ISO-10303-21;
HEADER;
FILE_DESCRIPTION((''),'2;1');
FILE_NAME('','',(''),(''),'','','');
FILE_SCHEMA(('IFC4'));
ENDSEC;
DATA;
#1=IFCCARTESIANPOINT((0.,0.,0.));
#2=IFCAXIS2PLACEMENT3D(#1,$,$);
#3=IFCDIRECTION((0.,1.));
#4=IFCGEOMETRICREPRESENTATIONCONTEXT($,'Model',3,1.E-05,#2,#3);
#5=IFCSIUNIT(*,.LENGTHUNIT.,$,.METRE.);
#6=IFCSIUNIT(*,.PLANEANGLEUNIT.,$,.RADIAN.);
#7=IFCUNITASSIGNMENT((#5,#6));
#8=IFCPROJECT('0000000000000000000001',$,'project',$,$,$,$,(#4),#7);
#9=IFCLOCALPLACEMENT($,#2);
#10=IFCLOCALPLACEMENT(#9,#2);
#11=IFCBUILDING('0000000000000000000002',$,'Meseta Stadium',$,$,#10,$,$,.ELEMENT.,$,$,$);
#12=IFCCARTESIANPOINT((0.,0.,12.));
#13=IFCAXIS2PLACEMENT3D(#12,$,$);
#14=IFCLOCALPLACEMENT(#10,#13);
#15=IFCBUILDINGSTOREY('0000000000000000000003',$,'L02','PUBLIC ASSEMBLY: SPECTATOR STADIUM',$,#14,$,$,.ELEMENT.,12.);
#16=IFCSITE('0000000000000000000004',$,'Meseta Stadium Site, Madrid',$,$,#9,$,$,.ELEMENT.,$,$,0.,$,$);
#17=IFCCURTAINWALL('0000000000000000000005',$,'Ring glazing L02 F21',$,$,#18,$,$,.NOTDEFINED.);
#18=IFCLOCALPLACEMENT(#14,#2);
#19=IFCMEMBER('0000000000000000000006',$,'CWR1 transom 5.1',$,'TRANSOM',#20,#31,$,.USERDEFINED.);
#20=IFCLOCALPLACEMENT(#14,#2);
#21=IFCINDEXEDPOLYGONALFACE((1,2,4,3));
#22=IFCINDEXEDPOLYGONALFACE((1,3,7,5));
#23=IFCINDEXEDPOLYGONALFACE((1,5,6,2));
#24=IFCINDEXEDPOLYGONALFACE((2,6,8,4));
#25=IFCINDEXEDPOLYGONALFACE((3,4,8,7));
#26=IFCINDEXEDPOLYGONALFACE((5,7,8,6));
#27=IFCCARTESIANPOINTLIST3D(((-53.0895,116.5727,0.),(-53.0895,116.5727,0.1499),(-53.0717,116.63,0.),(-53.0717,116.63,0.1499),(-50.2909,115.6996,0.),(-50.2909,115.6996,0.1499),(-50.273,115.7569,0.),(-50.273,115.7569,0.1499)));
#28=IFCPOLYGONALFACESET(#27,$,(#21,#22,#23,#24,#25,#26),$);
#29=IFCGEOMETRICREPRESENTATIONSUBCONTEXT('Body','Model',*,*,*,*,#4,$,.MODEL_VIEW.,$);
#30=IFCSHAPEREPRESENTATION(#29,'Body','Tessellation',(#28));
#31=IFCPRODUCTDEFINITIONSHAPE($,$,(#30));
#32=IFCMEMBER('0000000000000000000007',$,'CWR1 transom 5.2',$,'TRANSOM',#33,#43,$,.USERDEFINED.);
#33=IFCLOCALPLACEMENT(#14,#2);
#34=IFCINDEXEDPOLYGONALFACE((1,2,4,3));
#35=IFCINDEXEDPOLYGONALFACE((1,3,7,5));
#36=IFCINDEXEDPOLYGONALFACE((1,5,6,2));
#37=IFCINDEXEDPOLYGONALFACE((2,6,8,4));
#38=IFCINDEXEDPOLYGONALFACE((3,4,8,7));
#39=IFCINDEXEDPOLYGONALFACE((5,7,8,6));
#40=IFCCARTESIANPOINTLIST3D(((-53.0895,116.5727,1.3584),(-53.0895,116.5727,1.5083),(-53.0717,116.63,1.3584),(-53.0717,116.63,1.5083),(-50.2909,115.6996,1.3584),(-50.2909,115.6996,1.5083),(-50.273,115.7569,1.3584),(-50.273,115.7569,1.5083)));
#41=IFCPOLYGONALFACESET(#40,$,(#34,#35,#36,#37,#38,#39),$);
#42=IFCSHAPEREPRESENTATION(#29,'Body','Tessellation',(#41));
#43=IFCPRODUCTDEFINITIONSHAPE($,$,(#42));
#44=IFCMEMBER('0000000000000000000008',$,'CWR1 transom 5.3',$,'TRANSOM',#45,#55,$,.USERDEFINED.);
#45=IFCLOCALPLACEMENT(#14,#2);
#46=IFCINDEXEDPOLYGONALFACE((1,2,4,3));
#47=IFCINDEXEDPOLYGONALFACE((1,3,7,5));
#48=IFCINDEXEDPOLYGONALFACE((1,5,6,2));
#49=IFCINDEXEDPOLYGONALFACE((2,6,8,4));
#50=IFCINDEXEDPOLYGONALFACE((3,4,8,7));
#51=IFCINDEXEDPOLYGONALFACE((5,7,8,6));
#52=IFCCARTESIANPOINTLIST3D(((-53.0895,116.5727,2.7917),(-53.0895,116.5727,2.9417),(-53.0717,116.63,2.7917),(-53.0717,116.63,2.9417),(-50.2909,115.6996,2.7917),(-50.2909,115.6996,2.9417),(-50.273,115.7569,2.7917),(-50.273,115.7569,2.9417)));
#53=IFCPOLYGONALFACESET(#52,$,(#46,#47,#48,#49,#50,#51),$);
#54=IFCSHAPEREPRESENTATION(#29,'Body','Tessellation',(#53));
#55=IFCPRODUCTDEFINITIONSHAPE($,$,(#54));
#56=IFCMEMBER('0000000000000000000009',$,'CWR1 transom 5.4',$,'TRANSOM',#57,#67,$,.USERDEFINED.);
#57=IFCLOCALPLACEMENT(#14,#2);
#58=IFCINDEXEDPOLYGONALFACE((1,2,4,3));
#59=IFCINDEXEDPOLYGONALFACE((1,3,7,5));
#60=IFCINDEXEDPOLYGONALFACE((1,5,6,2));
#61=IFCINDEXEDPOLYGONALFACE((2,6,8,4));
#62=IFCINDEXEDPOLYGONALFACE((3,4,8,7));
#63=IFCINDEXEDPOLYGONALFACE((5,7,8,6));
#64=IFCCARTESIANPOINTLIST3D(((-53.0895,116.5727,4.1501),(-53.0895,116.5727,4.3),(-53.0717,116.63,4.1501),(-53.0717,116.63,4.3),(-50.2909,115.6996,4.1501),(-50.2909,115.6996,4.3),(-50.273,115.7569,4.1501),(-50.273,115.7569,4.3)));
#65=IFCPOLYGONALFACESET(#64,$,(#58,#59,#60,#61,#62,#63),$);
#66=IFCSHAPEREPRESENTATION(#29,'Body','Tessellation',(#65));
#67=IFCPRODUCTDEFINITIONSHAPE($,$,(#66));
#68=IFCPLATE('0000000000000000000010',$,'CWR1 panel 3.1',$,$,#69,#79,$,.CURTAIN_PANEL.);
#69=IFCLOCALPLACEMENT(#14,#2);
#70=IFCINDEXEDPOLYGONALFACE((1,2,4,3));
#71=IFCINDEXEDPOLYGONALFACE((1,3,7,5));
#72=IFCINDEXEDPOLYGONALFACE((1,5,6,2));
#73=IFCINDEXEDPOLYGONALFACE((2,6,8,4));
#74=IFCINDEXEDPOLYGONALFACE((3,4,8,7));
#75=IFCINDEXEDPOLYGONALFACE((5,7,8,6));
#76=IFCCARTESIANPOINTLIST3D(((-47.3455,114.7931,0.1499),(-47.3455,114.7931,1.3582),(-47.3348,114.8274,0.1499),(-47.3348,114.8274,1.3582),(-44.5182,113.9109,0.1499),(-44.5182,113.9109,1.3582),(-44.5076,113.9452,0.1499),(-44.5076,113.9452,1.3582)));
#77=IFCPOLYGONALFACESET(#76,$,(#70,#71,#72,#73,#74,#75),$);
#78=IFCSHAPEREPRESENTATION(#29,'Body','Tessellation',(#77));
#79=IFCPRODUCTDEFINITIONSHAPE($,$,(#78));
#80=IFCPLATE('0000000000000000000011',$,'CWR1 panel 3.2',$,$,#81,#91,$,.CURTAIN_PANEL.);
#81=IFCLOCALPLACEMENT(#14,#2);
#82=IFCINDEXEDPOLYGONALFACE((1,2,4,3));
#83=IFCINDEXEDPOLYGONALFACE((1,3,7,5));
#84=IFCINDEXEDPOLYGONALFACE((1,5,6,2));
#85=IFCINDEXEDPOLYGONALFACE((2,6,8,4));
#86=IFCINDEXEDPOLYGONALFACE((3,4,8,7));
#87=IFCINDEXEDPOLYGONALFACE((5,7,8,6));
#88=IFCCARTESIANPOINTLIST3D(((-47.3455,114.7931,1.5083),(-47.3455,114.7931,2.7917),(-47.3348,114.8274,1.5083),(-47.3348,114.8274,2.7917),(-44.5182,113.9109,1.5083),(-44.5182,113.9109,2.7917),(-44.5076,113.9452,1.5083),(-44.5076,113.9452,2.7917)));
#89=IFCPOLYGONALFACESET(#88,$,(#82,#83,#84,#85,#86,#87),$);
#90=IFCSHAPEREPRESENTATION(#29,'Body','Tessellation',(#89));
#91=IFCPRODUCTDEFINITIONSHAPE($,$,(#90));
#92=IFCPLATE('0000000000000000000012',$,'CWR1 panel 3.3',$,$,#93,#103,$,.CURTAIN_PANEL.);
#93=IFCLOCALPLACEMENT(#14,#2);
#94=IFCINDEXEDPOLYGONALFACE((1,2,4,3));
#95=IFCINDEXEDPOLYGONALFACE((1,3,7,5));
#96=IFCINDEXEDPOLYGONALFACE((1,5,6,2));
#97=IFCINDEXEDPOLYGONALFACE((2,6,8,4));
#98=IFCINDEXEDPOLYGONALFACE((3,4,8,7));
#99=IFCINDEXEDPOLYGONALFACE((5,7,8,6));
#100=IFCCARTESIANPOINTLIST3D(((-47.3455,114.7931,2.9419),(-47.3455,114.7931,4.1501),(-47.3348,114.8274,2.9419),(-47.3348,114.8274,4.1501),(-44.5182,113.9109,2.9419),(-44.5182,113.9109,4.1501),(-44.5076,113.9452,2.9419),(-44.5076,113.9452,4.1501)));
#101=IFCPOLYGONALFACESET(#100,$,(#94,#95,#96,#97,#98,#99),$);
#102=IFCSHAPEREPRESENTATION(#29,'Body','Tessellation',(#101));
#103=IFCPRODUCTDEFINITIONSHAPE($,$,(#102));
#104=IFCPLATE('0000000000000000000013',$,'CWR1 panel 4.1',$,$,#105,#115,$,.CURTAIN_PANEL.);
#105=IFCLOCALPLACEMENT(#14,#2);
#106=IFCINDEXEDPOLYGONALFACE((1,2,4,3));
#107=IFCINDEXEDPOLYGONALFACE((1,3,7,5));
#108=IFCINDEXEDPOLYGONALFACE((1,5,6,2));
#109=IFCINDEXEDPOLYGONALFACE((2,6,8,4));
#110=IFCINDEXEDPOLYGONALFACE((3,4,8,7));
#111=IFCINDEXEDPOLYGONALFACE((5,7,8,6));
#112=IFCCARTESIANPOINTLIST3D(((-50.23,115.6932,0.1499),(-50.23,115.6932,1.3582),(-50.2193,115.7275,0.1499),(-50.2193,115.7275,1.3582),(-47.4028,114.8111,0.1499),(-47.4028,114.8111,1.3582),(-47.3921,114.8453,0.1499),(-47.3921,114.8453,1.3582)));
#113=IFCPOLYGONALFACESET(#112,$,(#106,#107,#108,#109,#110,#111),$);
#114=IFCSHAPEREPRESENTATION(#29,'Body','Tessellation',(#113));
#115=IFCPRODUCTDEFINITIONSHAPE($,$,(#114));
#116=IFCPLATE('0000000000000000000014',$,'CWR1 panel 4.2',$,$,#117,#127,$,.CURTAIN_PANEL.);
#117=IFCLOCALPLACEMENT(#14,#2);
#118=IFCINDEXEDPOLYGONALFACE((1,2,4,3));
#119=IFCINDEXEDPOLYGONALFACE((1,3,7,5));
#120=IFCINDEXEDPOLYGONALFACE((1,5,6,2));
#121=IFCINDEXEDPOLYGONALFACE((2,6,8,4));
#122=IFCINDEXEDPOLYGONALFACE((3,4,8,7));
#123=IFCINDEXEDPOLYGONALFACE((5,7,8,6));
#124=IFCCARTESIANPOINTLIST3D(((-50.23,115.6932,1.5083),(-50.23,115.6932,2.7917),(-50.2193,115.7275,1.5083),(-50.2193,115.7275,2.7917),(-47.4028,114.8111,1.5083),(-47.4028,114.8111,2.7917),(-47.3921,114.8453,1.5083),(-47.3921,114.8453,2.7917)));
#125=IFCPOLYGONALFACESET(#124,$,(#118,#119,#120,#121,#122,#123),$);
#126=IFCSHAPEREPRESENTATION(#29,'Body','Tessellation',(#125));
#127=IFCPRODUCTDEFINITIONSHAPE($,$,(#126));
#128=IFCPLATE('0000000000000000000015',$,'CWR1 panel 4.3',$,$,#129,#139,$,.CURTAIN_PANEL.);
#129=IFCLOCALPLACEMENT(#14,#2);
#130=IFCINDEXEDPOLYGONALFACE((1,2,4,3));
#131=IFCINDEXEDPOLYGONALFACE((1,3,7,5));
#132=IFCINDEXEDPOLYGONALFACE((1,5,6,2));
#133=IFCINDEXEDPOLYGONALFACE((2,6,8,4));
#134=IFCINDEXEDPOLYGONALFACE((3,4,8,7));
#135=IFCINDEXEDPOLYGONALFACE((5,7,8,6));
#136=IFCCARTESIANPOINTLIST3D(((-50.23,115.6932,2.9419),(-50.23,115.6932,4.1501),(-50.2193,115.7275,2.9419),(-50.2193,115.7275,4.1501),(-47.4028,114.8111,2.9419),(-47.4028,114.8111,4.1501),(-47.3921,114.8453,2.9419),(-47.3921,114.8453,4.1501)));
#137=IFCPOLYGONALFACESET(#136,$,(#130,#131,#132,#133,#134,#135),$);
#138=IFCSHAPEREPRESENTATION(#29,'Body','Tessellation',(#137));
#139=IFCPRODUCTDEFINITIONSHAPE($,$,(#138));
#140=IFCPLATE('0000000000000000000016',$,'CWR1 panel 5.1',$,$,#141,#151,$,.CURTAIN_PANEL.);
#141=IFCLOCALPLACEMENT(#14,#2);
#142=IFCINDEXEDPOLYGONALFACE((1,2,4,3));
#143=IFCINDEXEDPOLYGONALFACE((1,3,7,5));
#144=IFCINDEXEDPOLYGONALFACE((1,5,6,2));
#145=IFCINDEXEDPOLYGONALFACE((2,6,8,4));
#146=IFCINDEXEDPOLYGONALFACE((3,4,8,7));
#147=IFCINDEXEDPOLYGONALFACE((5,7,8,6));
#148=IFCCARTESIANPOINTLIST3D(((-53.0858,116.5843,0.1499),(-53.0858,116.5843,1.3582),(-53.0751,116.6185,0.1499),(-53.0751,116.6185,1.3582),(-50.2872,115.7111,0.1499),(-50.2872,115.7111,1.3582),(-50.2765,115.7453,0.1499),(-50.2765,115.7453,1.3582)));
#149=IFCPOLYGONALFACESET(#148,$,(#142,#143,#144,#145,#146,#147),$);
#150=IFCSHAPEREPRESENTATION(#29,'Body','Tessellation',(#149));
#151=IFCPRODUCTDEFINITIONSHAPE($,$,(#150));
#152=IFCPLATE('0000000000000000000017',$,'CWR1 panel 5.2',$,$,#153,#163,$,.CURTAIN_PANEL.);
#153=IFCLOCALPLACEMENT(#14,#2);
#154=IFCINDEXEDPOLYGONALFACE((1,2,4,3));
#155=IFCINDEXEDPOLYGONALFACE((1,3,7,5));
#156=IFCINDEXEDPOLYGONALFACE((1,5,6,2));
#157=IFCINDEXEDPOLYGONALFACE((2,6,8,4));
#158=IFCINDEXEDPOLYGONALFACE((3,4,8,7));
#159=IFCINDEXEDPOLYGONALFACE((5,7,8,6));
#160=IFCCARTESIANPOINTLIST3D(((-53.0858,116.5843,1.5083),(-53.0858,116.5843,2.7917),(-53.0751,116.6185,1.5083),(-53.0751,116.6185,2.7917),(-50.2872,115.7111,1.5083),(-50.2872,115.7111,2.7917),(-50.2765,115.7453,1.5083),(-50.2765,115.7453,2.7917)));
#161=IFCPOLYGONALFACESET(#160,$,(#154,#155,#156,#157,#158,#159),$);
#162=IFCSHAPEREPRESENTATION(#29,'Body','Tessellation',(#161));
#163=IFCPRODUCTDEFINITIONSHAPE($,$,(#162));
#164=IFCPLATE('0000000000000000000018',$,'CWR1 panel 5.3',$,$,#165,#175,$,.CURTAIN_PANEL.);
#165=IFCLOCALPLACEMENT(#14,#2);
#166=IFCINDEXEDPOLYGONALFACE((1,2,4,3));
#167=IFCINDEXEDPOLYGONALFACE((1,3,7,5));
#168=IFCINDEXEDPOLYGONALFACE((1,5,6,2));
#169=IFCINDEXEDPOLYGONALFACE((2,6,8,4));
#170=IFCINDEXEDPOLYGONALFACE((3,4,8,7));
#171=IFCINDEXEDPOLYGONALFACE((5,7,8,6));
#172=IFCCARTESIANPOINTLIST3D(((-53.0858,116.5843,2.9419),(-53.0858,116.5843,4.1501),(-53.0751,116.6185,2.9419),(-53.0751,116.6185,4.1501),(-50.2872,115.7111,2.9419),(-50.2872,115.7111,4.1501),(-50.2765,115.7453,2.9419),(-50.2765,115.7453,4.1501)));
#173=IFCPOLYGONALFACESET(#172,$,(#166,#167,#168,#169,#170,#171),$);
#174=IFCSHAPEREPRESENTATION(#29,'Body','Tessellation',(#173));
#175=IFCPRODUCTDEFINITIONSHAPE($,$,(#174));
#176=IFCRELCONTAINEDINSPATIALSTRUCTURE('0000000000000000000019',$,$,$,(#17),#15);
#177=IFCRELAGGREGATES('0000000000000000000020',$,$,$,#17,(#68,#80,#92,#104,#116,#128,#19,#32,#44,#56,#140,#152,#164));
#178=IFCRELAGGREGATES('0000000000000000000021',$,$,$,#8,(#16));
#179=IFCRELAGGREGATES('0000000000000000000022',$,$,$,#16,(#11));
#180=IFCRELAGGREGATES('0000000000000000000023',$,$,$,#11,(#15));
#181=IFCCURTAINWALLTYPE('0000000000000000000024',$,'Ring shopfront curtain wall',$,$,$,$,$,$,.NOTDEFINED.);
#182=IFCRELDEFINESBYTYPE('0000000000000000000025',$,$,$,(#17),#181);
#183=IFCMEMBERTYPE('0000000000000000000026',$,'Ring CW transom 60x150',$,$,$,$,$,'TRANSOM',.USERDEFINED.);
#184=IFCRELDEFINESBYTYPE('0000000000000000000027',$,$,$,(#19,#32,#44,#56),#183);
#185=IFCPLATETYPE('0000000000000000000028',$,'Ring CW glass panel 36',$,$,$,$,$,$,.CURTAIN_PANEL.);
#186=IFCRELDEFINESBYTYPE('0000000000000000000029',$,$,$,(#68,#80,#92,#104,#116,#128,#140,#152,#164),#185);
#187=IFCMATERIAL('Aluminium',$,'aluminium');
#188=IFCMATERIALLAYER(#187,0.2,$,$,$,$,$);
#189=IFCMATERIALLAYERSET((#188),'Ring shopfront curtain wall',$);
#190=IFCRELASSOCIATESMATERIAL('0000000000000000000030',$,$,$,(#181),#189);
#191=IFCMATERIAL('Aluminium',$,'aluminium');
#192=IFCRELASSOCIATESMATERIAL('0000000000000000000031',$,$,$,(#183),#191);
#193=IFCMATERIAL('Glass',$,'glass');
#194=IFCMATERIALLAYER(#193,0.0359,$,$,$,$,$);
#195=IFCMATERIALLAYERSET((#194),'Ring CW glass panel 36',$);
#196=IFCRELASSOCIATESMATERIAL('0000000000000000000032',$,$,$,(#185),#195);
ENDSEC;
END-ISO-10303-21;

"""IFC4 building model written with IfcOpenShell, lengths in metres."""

from ifc_helpers import new_model, si_unit, direction, frame, origin, origin_2d, place, context, subcontext, project, spatial, rectangle, extrude, material, layer, layer_set, material_profile, profile_set, type_object, element, aggregate, save


model = new_model("IFC4")

# Units and contexts
model_context = context("Model", 3, precision=1e-05, world=origin(), true_north=direction((0.0, 1.0)))
body_context = subcontext(model_context, "Body", "Model", "MODEL_VIEW")
ifc_project = project(units=[si_unit("LENGTHUNIT", "METRE"), si_unit("PLANEANGLEUNIT", "RADIAN")], contexts=[model_context])

# Site, building, storey
site_placement = place(None, origin())
site = spatial("IfcSite", under=ifc_project, at=site_placement, Name="Meseta Stadium Site, Madrid", CompositionType="ELEMENT", RefElevation=0.0)
building_placement = place(site_placement, origin())
building = spatial("IfcBuilding", under=site, at=building_placement, Name="Meseta Stadium", CompositionType="ELEMENT")
storey_placement = place(building_placement, frame((0.0, 0.0, 12.0)))
storey = spatial("IfcBuildingStorey", under=building, at=storey_placement, Name="L02", Description="PUBLIC ASSEMBLY: SPECTATOR STADIUM", CompositionType="ELEMENT", Elevation=12.0)

# Curtain wall, members, plates
ifc_material_1 = material(Name="Aluminium", Category="aluminium")
ifc_layer_1 = layer(ifc_material_1, 0.2)
ifc_layer_set_1 = layer_set([ifc_layer_1], Name="Ring shopfront curtain wall")
curtain_wall_type = type_object("IfcCurtainWallType", Name="Ring shopfront curtain wall", PredefinedType="NOTDEFINED", material=ifc_layer_set_1)
curtain_wall_placement = place(storey_placement, origin())
curtain_wall = element("IfcCurtainWall", 1, at=curtain_wall_placement, inside=storey, type_object=curtain_wall_type, Name="Ring glazing L02 F21", PredefinedType="NOTDEFINED")
ifc_material_2 = material(Name="Aluminium", Category="aluminium")
ifc_material_profile_1 = material_profile(ifc_material_2, rectangle(XDim=0.0601, YDim=0.1499, at=origin_2d()), Name="CW 60x150")
ifc_profile_set_1 = profile_set([ifc_material_profile_1], Name="Aluminium")
member_type_1 = type_object("IfcMemberType", Name="Ring CW transom 60x150", ElementType="TRANSOM", PredefinedType="USERDEFINED", material=ifc_profile_set_1)
member_1_placement = place(storey_placement, frame((-50.282, 115.7283, 0.075), z_axis=(-0.954627, 0.297806, 0.0), x_axis=(-0.297806, -0.954627, 0.0)))
member_1 = element("IfcMember", 2, at=member_1_placement, type_object=member_type_1, Name="CWR1 transom 5.1", ObjectType="TRANSOM", PredefinedType="USERDEFINED", context=body_context, shape_type="SweptSolid", body=[
    extrude(rectangle(XDim=0.0601, YDim=0.1499, at=origin_2d()), origin(), (0.0, 0.0, 1.0), 2.9316),
])
member_2_placement = place(storey_placement, frame((-50.282, 115.7283, 1.4333), z_axis=(-0.954627, 0.297806, 0.0), x_axis=(-0.297806, -0.954627, 0.0)))
member_2 = element("IfcMember", 3, at=member_2_placement, type_object=member_type_1, Name="CWR1 transom 5.2", ObjectType="TRANSOM", PredefinedType="USERDEFINED", context=body_context, shape_type="SweptSolid", body=[
    extrude(rectangle(XDim=0.0601, YDim=0.1499, at=origin_2d()), origin(), (0.0, 0.0, 1.0), 2.9316),
])
member_3_placement = place(storey_placement, frame((-50.282, 115.7283, 2.8667), z_axis=(-0.954627, 0.297806, 0.0), x_axis=(-0.297806, -0.954627, 0.0)))
member_3 = element("IfcMember", 4, at=member_3_placement, type_object=member_type_1, Name="CWR1 transom 5.3", ObjectType="TRANSOM", PredefinedType="USERDEFINED", context=body_context, shape_type="SweptSolid", body=[
    extrude(rectangle(XDim=0.0601, YDim=0.1499, at=origin_2d()), origin(), (0.0, 0.0, 1.0), 2.9316),
])
member_4_placement = place(storey_placement, frame((-50.282, 115.7283, 4.2251), z_axis=(-0.954627, 0.297806, 0.0), x_axis=(-0.297806, -0.954627, 0.0)))
member_4 = element("IfcMember", 5, at=member_4_placement, type_object=member_type_1, Name="CWR1 transom 5.4", ObjectType="TRANSOM", PredefinedType="USERDEFINED", context=body_context, shape_type="SweptSolid", body=[
    extrude(rectangle(XDim=0.0601, YDim=0.1499, at=origin_2d()), origin(), (0.0, 0.0, 1.0), 2.9316),
])
ifc_material_3 = material(Name="Glass", Category="glass")
ifc_layer_2 = layer(ifc_material_3, 0.0359)
ifc_layer_set_2 = layer_set([ifc_layer_2], Name="Ring CW glass panel 36")
plate_type = type_object("IfcPlateType", Name="Ring CW glass panel 36", PredefinedType="CURTAIN_PANEL", material=ifc_layer_set_2)
plate_1_placement = place(storey_placement, frame((-45.9265, 114.3691, 0.1499), z_axis=(0.0, 0.0, 1.0), x_axis=(-0.954609, 0.297861, 0.0)))
plate_1 = element("IfcPlate", 6, at=plate_1_placement, type_object=plate_type, Name="CWR1 panel 3.1", PredefinedType="CURTAIN_PANEL", context=body_context, shape_type="SweptSolid", body=[
    extrude(rectangle(XDim=2.9617, YDim=0.0359, at=origin_2d()), origin(), (0.0, 0.0, 1.0), 1.2083),
])
plate_2_placement = place(storey_placement, frame((-45.9265, 114.3691, 1.5083), z_axis=(0.0, 0.0, 1.0), x_axis=(-0.954609, 0.297861, 0.0)))
plate_2 = element("IfcPlate", 7, at=plate_2_placement, type_object=plate_type, Name="CWR1 panel 3.2", PredefinedType="CURTAIN_PANEL", context=body_context, shape_type="SweptSolid", body=[
    extrude(rectangle(XDim=2.9617, YDim=0.0359, at=origin_2d()), origin(), (0.0, 0.0, 1.0), 1.2834),
])
plate_3_placement = place(storey_placement, frame((-45.9265, 114.3691, 2.9419), z_axis=(0.0, 0.0, 1.0), x_axis=(-0.954609, 0.297861, 0.0)))
plate_3 = element("IfcPlate", 8, at=plate_3_placement, type_object=plate_type, Name="CWR1 panel 3.3", PredefinedType="CURTAIN_PANEL", context=body_context, shape_type="SweptSolid", body=[
    extrude(rectangle(XDim=2.9617, YDim=0.0359, at=origin_2d()), origin(), (0.0, 0.0, 1.0), 1.2083),
])
plate_4_placement = place(storey_placement, frame((-48.811, 115.2693, 0.1499), z_axis=(0.0, 0.0, 1.0), x_axis=(-0.954609, 0.297861, 0.0)))
plate_4 = element("IfcPlate", 9, at=plate_4_placement, type_object=plate_type, Name="CWR1 panel 4.1", PredefinedType="CURTAIN_PANEL", context=body_context, shape_type="SweptSolid", body=[
    extrude(rectangle(XDim=2.9617, YDim=0.0359, at=origin_2d()), origin(), (0.0, 0.0, 1.0), 1.2083),
])
plate_5_placement = place(storey_placement, frame((-48.811, 115.2693, 1.5083), z_axis=(0.0, 0.0, 1.0), x_axis=(-0.954609, 0.297861, 0.0)))
plate_5 = element("IfcPlate", 10, at=plate_5_placement, type_object=plate_type, Name="CWR1 panel 4.2", PredefinedType="CURTAIN_PANEL", context=body_context, shape_type="SweptSolid", body=[
    extrude(rectangle(XDim=2.9617, YDim=0.0359, at=origin_2d()), origin(), (0.0, 0.0, 1.0), 1.2834),
])
plate_6_placement = place(storey_placement, frame((-48.811, 115.2693, 2.9419), z_axis=(0.0, 0.0, 1.0), x_axis=(-0.954609, 0.297861, 0.0)))
plate_6 = element("IfcPlate", 11, at=plate_6_placement, type_object=plate_type, Name="CWR1 panel 4.3", PredefinedType="CURTAIN_PANEL", context=body_context, shape_type="SweptSolid", body=[
    extrude(rectangle(XDim=2.9617, YDim=0.0359, at=origin_2d()), origin(), (0.0, 0.0, 1.0), 1.2083),
])
plate_7_placement = place(storey_placement, frame((-51.6812, 116.1648, 0.1499), z_axis=(0.0, 0.0, 1.0), x_axis=(-0.954609, 0.297861, 0.0)))
plate_7 = element("IfcPlate", 12, at=plate_7_placement, type_object=plate_type, Name="CWR1 panel 5.1", PredefinedType="CURTAIN_PANEL", context=body_context, shape_type="SweptSolid", body=[
    extrude(rectangle(XDim=2.9316, YDim=0.0359, at=origin_2d()), origin(), (0.0, 0.0, 1.0), 1.2083),
])
plate_8_placement = place(storey_placement, frame((-51.6812, 116.1648, 1.5083), z_axis=(0.0, 0.0, 1.0), x_axis=(-0.954609, 0.297861, 0.0)))
plate_8 = element("IfcPlate", 13, at=plate_8_placement, type_object=plate_type, Name="CWR1 panel 5.2", PredefinedType="CURTAIN_PANEL", context=body_context, shape_type="SweptSolid", body=[
    extrude(rectangle(XDim=2.9316, YDim=0.0359, at=origin_2d()), origin(), (0.0, 0.0, 1.0), 1.2834),
])
plate_9_placement = place(storey_placement, frame((-51.6812, 116.1648, 2.9419), z_axis=(0.0, 0.0, 1.0), x_axis=(-0.954609, 0.297861, 0.0)))
plate_9 = element("IfcPlate", 14, at=plate_9_placement, type_object=plate_type, Name="CWR1 panel 5.3", PredefinedType="CURTAIN_PANEL", context=body_context, shape_type="SweptSolid", body=[
    extrude(rectangle(XDim=2.9316, YDim=0.0359, at=origin_2d()), origin(), (0.0, 0.0, 1.0), 1.2083),
])
aggregate(curtain_wall, [plate_1, plate_2, plate_3, plate_4, plate_5, plate_6, member_1, member_2, member_3, member_4, plate_7, plate_8, plate_9])

save(model, "model.ifc")
